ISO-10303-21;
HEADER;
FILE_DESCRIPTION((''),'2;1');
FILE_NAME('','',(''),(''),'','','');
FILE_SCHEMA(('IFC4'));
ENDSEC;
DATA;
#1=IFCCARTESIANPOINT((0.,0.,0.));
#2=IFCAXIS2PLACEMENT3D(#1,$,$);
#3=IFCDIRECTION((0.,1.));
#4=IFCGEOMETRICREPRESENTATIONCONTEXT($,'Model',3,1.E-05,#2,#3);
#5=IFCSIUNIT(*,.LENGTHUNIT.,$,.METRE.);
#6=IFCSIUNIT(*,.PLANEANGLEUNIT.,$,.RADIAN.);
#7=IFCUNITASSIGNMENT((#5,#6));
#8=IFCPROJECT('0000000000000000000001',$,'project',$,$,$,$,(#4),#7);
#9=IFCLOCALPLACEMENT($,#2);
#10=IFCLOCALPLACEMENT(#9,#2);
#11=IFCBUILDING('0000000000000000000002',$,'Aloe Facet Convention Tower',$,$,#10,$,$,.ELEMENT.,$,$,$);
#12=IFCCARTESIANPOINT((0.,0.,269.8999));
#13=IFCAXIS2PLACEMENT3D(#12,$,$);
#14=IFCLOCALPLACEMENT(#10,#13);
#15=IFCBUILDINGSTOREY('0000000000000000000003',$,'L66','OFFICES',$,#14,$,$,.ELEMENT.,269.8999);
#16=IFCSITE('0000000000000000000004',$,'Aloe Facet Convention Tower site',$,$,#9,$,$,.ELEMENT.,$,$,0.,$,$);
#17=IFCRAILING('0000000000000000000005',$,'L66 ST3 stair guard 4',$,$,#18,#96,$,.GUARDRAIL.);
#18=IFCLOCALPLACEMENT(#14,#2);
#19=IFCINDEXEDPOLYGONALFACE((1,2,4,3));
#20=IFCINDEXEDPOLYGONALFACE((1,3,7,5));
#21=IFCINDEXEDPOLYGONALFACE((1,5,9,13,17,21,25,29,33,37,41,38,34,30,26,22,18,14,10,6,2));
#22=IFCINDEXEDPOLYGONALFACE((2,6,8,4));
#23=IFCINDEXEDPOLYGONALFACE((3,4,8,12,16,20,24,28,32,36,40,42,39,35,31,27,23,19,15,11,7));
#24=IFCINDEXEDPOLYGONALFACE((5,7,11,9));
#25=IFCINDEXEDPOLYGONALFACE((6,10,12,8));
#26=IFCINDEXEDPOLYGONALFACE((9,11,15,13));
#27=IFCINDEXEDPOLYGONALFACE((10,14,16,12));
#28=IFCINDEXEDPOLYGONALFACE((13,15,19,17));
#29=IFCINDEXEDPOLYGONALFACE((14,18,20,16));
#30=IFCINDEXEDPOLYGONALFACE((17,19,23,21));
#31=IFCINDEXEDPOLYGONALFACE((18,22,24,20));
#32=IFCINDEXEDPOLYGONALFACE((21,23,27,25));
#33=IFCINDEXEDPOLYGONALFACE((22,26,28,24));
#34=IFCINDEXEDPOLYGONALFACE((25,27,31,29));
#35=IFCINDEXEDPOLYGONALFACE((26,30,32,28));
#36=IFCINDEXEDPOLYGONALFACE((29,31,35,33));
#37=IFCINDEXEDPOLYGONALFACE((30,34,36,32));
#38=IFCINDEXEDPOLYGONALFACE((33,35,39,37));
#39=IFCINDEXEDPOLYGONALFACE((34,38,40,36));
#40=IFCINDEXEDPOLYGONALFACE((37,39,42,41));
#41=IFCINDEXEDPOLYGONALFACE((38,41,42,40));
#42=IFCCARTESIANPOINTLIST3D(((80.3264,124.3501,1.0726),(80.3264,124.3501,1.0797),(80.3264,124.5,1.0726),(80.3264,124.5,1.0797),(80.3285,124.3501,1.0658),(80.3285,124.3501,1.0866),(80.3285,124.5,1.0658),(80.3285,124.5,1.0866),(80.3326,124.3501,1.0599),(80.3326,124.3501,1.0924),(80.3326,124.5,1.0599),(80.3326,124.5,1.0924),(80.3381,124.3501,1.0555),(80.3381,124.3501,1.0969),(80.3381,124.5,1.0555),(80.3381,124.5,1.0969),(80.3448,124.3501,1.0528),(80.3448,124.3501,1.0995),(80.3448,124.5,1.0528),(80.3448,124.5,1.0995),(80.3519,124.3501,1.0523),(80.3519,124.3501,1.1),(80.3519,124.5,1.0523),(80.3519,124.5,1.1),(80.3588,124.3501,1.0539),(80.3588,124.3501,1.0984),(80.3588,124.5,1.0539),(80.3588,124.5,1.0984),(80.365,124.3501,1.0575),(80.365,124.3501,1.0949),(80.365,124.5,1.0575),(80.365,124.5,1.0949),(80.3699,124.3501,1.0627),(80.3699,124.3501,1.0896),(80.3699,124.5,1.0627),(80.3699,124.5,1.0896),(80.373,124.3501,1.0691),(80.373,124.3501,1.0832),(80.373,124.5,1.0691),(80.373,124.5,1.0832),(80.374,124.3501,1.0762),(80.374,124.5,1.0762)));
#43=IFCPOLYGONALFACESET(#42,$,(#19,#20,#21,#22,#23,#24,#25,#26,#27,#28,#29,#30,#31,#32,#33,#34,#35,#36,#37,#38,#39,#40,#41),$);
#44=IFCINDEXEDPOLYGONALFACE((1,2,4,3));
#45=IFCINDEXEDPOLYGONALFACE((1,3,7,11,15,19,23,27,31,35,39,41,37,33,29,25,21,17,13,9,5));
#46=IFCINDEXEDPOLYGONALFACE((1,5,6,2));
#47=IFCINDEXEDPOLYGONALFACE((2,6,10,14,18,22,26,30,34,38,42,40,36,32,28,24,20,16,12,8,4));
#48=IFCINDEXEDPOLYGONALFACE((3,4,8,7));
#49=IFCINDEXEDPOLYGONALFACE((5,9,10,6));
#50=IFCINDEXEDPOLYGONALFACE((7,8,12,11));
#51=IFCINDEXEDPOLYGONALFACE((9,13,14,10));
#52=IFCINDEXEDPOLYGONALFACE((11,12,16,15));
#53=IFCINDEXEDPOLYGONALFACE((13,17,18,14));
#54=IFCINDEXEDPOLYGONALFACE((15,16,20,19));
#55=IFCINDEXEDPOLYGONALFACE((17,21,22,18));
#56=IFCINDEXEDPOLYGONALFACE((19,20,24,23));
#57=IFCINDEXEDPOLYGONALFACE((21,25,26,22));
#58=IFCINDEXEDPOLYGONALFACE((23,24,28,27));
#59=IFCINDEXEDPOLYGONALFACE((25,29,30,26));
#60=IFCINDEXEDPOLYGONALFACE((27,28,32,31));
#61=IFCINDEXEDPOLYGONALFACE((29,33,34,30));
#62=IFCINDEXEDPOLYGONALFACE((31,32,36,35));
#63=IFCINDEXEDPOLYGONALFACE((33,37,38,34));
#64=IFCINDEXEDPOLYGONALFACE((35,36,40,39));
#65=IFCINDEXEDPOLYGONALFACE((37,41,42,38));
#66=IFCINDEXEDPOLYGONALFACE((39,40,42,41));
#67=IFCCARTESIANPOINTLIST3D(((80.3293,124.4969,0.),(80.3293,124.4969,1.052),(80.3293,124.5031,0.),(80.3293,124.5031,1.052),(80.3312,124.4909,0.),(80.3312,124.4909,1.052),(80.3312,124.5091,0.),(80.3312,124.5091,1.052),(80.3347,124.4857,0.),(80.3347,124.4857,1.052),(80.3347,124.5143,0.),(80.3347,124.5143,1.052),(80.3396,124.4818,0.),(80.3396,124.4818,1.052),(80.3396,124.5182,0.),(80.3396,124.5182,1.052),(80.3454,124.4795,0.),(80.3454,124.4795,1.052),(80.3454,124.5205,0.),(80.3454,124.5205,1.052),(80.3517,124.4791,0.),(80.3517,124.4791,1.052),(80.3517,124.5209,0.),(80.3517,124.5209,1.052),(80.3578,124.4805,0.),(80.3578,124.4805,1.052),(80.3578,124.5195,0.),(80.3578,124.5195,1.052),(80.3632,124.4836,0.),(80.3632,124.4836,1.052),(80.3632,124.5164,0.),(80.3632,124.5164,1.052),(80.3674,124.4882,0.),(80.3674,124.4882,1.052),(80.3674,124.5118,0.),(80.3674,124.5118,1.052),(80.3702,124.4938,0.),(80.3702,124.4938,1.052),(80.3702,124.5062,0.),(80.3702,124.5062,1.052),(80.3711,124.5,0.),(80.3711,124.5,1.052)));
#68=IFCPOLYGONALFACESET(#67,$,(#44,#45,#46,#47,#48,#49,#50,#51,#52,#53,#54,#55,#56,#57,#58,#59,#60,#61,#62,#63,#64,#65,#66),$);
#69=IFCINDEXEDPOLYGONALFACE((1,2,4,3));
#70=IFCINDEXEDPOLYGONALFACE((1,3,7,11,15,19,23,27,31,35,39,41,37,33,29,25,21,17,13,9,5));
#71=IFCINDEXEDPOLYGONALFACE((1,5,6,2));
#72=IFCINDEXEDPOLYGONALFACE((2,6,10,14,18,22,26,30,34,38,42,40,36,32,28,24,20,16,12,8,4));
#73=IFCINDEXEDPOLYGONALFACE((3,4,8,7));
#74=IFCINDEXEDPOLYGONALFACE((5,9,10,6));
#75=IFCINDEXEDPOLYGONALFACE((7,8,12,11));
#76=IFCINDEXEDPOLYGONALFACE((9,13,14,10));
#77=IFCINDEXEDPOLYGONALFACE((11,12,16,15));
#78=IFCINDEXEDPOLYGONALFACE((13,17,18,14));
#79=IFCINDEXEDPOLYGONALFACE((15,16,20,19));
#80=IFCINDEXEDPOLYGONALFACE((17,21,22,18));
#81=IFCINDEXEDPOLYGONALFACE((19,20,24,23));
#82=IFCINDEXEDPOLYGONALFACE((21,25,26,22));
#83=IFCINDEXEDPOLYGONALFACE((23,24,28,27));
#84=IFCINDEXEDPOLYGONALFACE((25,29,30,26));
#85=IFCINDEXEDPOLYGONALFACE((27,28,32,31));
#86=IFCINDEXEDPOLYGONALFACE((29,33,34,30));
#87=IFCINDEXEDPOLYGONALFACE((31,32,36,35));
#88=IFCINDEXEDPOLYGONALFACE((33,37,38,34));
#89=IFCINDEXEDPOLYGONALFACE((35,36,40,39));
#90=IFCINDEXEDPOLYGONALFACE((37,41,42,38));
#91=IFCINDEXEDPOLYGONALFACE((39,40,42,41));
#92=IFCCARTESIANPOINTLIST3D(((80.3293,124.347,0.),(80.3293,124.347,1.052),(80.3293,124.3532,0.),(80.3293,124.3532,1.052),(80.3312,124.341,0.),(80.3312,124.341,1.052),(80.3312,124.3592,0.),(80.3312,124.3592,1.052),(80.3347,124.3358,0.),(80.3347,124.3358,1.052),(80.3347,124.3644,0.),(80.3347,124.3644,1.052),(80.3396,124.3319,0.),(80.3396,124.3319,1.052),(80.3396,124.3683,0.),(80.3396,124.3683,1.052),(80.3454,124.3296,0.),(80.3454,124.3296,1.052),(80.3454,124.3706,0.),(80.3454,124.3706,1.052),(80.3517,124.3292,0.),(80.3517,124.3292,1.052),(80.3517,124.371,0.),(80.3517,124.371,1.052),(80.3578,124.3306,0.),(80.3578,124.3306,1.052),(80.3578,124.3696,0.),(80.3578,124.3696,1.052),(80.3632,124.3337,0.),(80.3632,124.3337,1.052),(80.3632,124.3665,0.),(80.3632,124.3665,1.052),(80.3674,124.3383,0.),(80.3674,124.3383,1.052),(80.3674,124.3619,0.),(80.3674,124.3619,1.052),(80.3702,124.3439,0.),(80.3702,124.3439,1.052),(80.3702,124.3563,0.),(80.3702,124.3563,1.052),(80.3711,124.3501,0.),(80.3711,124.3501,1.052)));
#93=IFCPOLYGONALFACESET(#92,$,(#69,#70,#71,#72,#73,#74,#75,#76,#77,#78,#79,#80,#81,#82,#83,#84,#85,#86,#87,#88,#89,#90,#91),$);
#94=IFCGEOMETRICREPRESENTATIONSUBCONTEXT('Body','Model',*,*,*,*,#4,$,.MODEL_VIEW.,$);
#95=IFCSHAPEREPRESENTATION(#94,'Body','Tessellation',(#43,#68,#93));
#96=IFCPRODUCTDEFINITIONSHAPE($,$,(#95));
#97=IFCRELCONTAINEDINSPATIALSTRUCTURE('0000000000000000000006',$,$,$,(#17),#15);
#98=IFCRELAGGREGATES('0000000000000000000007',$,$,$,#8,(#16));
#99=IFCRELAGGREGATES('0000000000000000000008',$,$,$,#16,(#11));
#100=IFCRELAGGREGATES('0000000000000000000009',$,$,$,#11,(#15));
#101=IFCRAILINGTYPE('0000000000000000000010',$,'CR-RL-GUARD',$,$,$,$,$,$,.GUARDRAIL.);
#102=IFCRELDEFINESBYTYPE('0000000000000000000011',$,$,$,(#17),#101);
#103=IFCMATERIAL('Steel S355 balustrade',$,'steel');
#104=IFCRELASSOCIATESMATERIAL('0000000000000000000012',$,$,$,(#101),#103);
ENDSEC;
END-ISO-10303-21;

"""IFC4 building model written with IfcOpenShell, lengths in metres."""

from ifc_helpers import new_model, si_unit, direction, frame, origin, origin_2d, place, context, subcontext, project, spatial, circle, extrude, material, type_object, element, save


model = new_model("IFC4")

# Units and contexts
model_context = context("Model", 3, precision=1e-05, world=origin(), true_north=direction((0.0, 1.0)))
body_context = subcontext(model_context, "Body", "Model", "MODEL_VIEW")
ifc_project = project(units=[si_unit("LENGTHUNIT", "METRE"), si_unit("PLANEANGLEUNIT", "RADIAN")], contexts=[model_context])

# Site, building, storey
site_placement = place(None, origin())
site = spatial("IfcSite", under=ifc_project, at=site_placement, Name="Aloe Facet Convention Tower site", CompositionType="ELEMENT", RefElevation=0.0)
building_placement = place(site_placement, origin())
building = spatial("IfcBuilding", under=site, at=building_placement, Name="Aloe Facet Convention Tower", CompositionType="ELEMENT")
storey_placement = place(building_placement, frame((0.0, 0.0, 269.8999)))
storey = spatial("IfcBuildingStorey", under=building, at=storey_placement, Name="L66", Description="OFFICES", CompositionType="ELEMENT", Elevation=269.8999)

# Railing
ifc_material_1 = material(Name="Steel S355 balustrade", Category="steel")
railing_type_1 = type_object("IfcRailingType", Name="CR-RL-GUARD", PredefinedType="GUARDRAIL", material=ifc_material_1)
railing_1_placement = place(storey_placement, frame((80.3501, 124.5, 0.0)))
element("IfcRailing", 1, at=railing_1_placement, inside=storey, type_object=railing_type_1, Name="L66 ST3 stair guard 4", PredefinedType="GUARDRAIL", context=body_context, shape_type="SweptSolid", body=[
    extrude(circle(Radius=0.0239, at=origin_2d()), frame((0.0, 0.0, 1.0762), z_axis=(0.0, -1.0, 0.0), x_axis=(1.0, 0.0, 0.0)), (0.0, 0.0, 1.0), 0.1499),
    extrude(circle(Radius=0.021, at=origin_2d()), origin(), (0.0, 0.0, 1.0), 1.052),
    extrude(circle(Radius=0.021, at=origin_2d()), frame((0.0, -0.1499, 0.0)), (0.0, 0.0, 1.0), 1.052),
])

save(model, "model.ifc")
